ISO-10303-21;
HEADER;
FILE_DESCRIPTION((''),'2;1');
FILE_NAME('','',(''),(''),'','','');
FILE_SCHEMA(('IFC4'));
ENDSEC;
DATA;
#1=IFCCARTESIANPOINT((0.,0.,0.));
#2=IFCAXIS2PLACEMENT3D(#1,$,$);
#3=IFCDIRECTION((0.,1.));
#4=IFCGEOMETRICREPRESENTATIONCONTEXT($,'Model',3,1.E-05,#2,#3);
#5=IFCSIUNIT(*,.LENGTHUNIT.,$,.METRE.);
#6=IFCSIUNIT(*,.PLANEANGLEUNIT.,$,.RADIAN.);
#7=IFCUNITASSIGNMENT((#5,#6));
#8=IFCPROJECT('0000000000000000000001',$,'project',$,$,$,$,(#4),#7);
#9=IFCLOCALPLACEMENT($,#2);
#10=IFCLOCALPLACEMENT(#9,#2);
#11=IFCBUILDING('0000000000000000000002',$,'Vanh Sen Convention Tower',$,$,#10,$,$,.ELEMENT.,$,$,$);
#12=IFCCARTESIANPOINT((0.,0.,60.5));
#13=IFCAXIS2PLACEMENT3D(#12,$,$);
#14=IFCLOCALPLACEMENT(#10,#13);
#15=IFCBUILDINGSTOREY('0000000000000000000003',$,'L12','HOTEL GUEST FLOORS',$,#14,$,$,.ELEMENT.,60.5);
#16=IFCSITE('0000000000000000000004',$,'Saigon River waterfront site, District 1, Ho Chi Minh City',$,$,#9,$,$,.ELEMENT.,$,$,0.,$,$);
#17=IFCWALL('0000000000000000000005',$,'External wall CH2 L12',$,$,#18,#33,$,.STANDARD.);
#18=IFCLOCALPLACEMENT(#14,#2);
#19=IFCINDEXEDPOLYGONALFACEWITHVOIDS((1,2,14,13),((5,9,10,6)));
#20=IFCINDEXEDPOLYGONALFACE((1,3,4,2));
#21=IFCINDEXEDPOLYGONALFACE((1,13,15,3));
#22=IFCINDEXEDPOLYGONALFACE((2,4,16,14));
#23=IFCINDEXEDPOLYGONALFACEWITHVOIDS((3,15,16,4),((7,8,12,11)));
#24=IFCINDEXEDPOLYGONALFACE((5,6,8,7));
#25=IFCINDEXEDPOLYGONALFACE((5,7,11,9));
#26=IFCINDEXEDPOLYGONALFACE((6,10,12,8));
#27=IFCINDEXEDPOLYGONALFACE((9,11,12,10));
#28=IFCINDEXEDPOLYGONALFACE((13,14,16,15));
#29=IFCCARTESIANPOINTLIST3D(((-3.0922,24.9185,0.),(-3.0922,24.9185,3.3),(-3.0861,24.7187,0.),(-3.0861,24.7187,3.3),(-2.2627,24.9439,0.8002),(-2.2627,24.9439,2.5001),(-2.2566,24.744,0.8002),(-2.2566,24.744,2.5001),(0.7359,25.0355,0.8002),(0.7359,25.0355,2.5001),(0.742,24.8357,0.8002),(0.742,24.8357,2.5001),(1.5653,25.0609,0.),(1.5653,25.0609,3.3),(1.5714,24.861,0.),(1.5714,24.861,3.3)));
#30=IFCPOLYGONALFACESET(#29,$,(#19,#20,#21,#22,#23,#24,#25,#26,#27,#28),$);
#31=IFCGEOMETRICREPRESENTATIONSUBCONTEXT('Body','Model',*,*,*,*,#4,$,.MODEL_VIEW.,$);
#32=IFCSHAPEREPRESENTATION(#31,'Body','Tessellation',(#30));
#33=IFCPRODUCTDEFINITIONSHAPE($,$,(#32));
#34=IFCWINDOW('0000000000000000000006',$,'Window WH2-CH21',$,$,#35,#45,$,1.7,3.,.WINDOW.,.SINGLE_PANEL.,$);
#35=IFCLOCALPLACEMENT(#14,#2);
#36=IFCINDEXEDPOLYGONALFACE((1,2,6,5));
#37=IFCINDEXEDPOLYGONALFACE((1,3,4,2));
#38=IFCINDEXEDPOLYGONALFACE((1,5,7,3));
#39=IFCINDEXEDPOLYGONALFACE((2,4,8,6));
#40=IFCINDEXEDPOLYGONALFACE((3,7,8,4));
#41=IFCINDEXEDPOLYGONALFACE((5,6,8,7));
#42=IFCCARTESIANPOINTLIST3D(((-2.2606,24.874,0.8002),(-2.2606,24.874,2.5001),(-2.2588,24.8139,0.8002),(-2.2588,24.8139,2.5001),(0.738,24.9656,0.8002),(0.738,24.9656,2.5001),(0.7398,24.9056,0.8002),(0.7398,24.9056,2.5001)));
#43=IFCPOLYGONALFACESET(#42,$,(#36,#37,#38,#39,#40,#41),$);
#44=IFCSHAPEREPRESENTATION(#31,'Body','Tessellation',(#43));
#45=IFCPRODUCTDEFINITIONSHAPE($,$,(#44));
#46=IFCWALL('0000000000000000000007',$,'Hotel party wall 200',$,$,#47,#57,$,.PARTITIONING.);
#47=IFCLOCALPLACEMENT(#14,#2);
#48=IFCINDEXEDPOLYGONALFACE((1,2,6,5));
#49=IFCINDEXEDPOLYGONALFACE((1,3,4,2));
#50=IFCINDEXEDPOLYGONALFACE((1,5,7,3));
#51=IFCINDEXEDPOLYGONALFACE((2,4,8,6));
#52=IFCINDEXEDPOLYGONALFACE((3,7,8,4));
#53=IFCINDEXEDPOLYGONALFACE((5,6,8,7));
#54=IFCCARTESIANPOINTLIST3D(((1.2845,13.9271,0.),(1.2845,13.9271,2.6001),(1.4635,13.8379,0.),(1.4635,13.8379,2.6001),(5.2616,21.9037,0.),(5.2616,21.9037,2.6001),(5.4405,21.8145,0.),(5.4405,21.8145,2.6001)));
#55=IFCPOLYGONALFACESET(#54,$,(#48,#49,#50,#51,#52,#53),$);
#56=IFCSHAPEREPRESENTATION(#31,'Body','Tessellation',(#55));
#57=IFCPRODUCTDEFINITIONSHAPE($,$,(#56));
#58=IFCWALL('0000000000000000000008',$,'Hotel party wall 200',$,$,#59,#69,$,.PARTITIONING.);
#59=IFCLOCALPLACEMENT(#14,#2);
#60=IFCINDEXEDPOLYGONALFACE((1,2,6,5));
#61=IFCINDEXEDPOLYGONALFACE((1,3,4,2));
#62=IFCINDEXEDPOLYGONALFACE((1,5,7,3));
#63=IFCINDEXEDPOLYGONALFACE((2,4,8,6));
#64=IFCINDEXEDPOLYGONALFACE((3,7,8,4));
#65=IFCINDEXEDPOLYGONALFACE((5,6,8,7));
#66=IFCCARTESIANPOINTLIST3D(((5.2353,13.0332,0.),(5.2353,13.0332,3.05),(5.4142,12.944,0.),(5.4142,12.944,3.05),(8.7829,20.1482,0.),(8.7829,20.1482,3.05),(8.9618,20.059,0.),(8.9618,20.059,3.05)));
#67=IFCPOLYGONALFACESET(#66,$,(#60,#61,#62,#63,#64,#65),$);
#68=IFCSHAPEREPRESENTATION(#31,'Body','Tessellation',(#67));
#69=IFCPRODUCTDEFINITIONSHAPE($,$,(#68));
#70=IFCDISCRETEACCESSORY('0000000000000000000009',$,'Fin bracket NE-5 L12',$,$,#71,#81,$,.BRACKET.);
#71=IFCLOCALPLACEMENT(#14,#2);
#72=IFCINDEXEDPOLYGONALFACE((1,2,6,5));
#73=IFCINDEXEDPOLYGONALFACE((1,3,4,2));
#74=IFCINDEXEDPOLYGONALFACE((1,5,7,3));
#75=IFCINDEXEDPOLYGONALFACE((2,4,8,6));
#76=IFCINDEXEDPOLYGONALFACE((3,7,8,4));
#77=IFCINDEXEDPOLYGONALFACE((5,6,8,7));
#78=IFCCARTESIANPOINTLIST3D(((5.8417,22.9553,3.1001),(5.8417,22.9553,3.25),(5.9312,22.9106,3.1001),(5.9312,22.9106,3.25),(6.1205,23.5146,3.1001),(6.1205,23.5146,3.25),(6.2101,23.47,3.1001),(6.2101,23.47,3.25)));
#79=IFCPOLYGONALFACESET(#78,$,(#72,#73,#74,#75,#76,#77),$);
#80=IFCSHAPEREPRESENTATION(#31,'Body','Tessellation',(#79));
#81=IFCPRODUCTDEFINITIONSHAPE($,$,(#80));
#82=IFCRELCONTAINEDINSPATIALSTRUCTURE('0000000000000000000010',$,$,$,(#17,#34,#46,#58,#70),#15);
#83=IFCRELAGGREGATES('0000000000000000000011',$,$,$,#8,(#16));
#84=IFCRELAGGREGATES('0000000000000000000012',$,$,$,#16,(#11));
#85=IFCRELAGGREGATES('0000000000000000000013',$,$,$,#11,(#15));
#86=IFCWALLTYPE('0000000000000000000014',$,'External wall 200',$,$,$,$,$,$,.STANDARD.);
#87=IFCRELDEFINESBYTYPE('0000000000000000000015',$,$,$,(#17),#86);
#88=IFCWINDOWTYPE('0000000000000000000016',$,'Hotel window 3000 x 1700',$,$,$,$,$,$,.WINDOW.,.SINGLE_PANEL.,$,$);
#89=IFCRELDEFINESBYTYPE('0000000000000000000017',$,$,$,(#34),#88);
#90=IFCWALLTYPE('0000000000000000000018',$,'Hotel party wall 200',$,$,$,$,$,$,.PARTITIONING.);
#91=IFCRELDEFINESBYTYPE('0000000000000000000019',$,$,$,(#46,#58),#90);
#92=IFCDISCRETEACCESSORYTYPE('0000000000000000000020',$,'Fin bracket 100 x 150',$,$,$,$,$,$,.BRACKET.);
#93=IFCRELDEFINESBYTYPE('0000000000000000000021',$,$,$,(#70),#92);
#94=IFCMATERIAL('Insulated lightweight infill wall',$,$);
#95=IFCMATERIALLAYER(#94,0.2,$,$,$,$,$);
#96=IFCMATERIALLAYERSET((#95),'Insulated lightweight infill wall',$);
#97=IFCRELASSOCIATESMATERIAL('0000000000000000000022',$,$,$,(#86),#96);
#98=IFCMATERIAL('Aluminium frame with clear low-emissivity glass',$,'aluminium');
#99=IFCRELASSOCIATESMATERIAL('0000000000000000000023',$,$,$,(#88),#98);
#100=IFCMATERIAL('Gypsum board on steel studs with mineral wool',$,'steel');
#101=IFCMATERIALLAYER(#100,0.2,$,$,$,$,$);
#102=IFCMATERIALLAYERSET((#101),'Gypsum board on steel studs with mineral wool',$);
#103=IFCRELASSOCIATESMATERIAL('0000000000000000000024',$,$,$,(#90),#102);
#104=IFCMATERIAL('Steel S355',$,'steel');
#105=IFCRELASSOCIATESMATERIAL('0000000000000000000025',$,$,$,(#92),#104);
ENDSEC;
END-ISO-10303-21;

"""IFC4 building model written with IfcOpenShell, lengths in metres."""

from ifc_helpers import new_model, si_unit, direction, frame, frame_2d, origin, origin_2d, place, context, subcontext, project, spatial, rectangle, extrude, material, layer, layer_set, type_object, element, fill, save


model = new_model("IFC4")

# Units and contexts
model_context = context("Model", 3, precision=1e-05, world=origin(), true_north=direction((0.0, 1.0)))
body_context = subcontext(model_context, "Body", "Model", "MODEL_VIEW")
ifc_project = project(units=[si_unit("LENGTHUNIT", "METRE"), si_unit("PLANEANGLEUNIT", "RADIAN")], contexts=[model_context])

# Site, building, storey
site_placement = place(None, origin())
site = spatial("IfcSite", under=ifc_project, at=site_placement, Name="Saigon River waterfront site, District 1, Ho Chi Minh City", CompositionType="ELEMENT", RefElevation=0.0)
building_placement = place(site_placement, origin())
building = spatial("IfcBuilding", under=site, at=building_placement, Name="Vanh Sen Convention Tower", CompositionType="ELEMENT")
storey_placement = place(building_placement, frame((0.0, 0.0, 60.5)))
storey = spatial("IfcBuildingStorey", under=building, at=storey_placement, Name="L12", Description="HOTEL GUEST FLOORS", CompositionType="ELEMENT", Elevation=60.5)

# Shared definitions
ifc_material_1 = material(Name="Gypsum board on steel studs with mineral wool", Category="steel")

# Wall, opening, window
ifc_material_2 = material(Name="Insulated lightweight infill wall")
ifc_layer_1 = layer(ifc_material_2, 0.2)
ifc_layer_set_1 = layer_set([ifc_layer_1], Name="Insulated lightweight infill wall")
wall_type_1 = type_object("IfcWallType", Name="External wall 200", PredefinedType="STANDARD", material=ifc_layer_set_1)
wall_1_placement = place(storey_placement, frame((1.5684, 24.9609, 0.0), z_axis=(0.0, 0.0, 1.0), x_axis=(-0.999533, -0.030546, 0.0)))
wall_1 = element("IfcWall", 1, at=wall_1_placement, inside=storey, type_object=wall_type_1, Name="External wall CH2 L12", PredefinedType="STANDARD", context=body_context, shape_type="SweptSolid", body=[
    extrude(rectangle(XDim=4.6597, YDim=0.2, at=frame_2d((2.3298, 0.0))), origin(), (0.0, 0.0, 1.0), 3.3),
])
opening_1_placement = place(wall_1_placement, frame((0.8298, 0.0, 0.8)))
opening_1 = element("IfcOpeningElement", 2, at=opening_1_placement, cuts=wall_1, PredefinedType="OPENING", context=body_context, shape_type="SweptSolid", body=[
    extrude(rectangle(XDim=3.0, YDim=1.7, at=frame_2d((1.5, 0.8501))), frame((0.0, 0.1099, 0.0), z_axis=(0.0, -1.0, 0.0), x_axis=(1.0, 0.0, 0.0)), (0.0, 0.0, 1.0), 0.22),
])
ifc_material_3 = material(Name="Aluminium frame with clear low-emissivity glass", Category="aluminium")
window_type = type_object("IfcWindowType", Name="Hotel window 3000 x 1700", PartitioningType="SINGLE_PANEL", PredefinedType="WINDOW", material=ifc_material_3)
window_placement = place(opening_1_placement, origin())
window = element("IfcWindow", 3, at=window_placement, inside=storey, type_object=window_type, Name="Window WH2-CH21", OverallHeight=1.7, OverallWidth=3.0, PartitioningType="SINGLE_PANEL", PredefinedType="WINDOW", context=body_context, shape_type="SweptSolid", body=[
    extrude(rectangle(XDim=3.0, YDim=1.7, at=frame_2d((1.5, 0.8501))), frame((0.0, 0.03, 0.0), z_axis=(0.0, -1.0, 0.0), x_axis=(1.0, 0.0, 0.0)), (0.0, 0.0, 1.0), 0.0601),
])
fill(opening_1, window)

# Walls
ifc_layer_2 = layer(ifc_material_1, 0.2)
ifc_layer_set_2 = layer_set([ifc_layer_2], Name="Gypsum board on steel studs with mineral wool")
wall_type_2 = type_object("IfcWallType", Name="Hotel party wall 200", PredefinedType="PARTITIONING", material=ifc_layer_set_2)
wall_2_placement = place(storey_placement, frame((5.3511, 21.8591, 0.0), z_axis=(0.0, 0.0, 1.0), x_axis=(-0.446205, -0.894931, 0.0)))
element("IfcWall", 4, at=wall_2_placement, inside=storey, type_object=wall_type_2, Name="Hotel party wall 200", PredefinedType="PARTITIONING", context=body_context, shape_type="SweptSolid", body=[
    extrude(rectangle(XDim=8.9131, YDim=0.2, at=frame_2d((4.4565, 0.0))), origin(), (0.0, 0.0, 1.0), 2.6001),
])
wall_3_placement = place(storey_placement, frame((8.8723, 20.1035, 0.0), z_axis=(0.0, 0.0, 1.0), x_axis=(-0.446218, -0.894924, 0.0)))
element("IfcWall", 5, at=wall_3_placement, inside=storey, type_object=wall_type_2, Name="Hotel party wall 200", PredefinedType="PARTITIONING", context=body_context, shape_type="SweptSolid", body=[
    extrude(rectangle(XDim=7.9504, YDim=0.2, at=frame_2d((3.9751, 0.0))), origin(), (0.0, 0.0, 1.0), 3.05),
])

# Discrete accessory
ifc_material_4 = material(Name="Steel S355", Category="steel")
discrete_accessory_type = type_object("IfcDiscreteAccessoryType", Name="Fin bracket 100 x 150", PredefinedType="BRACKET", material=ifc_material_4)
discrete_accessory_placement = place(storey_placement, frame((6.0259, 23.2126, 3.1001), z_axis=(0.0, 0.0, 1.0), x_axis=(0.446198, 0.894934, 0.0)))
element("IfcDiscreteAccessory", 6, at=discrete_accessory_placement, inside=storey, type_object=discrete_accessory_type, Name="Fin bracket NE-5 L12", PredefinedType="BRACKET", context=body_context, shape_type="SweptSolid", body=[
    extrude(rectangle(XDim=0.625, YDim=0.1001, at=origin_2d()), origin(), (0.0, 0.0, 1.0), 0.1499),
])

save(model, "model.ifc")
